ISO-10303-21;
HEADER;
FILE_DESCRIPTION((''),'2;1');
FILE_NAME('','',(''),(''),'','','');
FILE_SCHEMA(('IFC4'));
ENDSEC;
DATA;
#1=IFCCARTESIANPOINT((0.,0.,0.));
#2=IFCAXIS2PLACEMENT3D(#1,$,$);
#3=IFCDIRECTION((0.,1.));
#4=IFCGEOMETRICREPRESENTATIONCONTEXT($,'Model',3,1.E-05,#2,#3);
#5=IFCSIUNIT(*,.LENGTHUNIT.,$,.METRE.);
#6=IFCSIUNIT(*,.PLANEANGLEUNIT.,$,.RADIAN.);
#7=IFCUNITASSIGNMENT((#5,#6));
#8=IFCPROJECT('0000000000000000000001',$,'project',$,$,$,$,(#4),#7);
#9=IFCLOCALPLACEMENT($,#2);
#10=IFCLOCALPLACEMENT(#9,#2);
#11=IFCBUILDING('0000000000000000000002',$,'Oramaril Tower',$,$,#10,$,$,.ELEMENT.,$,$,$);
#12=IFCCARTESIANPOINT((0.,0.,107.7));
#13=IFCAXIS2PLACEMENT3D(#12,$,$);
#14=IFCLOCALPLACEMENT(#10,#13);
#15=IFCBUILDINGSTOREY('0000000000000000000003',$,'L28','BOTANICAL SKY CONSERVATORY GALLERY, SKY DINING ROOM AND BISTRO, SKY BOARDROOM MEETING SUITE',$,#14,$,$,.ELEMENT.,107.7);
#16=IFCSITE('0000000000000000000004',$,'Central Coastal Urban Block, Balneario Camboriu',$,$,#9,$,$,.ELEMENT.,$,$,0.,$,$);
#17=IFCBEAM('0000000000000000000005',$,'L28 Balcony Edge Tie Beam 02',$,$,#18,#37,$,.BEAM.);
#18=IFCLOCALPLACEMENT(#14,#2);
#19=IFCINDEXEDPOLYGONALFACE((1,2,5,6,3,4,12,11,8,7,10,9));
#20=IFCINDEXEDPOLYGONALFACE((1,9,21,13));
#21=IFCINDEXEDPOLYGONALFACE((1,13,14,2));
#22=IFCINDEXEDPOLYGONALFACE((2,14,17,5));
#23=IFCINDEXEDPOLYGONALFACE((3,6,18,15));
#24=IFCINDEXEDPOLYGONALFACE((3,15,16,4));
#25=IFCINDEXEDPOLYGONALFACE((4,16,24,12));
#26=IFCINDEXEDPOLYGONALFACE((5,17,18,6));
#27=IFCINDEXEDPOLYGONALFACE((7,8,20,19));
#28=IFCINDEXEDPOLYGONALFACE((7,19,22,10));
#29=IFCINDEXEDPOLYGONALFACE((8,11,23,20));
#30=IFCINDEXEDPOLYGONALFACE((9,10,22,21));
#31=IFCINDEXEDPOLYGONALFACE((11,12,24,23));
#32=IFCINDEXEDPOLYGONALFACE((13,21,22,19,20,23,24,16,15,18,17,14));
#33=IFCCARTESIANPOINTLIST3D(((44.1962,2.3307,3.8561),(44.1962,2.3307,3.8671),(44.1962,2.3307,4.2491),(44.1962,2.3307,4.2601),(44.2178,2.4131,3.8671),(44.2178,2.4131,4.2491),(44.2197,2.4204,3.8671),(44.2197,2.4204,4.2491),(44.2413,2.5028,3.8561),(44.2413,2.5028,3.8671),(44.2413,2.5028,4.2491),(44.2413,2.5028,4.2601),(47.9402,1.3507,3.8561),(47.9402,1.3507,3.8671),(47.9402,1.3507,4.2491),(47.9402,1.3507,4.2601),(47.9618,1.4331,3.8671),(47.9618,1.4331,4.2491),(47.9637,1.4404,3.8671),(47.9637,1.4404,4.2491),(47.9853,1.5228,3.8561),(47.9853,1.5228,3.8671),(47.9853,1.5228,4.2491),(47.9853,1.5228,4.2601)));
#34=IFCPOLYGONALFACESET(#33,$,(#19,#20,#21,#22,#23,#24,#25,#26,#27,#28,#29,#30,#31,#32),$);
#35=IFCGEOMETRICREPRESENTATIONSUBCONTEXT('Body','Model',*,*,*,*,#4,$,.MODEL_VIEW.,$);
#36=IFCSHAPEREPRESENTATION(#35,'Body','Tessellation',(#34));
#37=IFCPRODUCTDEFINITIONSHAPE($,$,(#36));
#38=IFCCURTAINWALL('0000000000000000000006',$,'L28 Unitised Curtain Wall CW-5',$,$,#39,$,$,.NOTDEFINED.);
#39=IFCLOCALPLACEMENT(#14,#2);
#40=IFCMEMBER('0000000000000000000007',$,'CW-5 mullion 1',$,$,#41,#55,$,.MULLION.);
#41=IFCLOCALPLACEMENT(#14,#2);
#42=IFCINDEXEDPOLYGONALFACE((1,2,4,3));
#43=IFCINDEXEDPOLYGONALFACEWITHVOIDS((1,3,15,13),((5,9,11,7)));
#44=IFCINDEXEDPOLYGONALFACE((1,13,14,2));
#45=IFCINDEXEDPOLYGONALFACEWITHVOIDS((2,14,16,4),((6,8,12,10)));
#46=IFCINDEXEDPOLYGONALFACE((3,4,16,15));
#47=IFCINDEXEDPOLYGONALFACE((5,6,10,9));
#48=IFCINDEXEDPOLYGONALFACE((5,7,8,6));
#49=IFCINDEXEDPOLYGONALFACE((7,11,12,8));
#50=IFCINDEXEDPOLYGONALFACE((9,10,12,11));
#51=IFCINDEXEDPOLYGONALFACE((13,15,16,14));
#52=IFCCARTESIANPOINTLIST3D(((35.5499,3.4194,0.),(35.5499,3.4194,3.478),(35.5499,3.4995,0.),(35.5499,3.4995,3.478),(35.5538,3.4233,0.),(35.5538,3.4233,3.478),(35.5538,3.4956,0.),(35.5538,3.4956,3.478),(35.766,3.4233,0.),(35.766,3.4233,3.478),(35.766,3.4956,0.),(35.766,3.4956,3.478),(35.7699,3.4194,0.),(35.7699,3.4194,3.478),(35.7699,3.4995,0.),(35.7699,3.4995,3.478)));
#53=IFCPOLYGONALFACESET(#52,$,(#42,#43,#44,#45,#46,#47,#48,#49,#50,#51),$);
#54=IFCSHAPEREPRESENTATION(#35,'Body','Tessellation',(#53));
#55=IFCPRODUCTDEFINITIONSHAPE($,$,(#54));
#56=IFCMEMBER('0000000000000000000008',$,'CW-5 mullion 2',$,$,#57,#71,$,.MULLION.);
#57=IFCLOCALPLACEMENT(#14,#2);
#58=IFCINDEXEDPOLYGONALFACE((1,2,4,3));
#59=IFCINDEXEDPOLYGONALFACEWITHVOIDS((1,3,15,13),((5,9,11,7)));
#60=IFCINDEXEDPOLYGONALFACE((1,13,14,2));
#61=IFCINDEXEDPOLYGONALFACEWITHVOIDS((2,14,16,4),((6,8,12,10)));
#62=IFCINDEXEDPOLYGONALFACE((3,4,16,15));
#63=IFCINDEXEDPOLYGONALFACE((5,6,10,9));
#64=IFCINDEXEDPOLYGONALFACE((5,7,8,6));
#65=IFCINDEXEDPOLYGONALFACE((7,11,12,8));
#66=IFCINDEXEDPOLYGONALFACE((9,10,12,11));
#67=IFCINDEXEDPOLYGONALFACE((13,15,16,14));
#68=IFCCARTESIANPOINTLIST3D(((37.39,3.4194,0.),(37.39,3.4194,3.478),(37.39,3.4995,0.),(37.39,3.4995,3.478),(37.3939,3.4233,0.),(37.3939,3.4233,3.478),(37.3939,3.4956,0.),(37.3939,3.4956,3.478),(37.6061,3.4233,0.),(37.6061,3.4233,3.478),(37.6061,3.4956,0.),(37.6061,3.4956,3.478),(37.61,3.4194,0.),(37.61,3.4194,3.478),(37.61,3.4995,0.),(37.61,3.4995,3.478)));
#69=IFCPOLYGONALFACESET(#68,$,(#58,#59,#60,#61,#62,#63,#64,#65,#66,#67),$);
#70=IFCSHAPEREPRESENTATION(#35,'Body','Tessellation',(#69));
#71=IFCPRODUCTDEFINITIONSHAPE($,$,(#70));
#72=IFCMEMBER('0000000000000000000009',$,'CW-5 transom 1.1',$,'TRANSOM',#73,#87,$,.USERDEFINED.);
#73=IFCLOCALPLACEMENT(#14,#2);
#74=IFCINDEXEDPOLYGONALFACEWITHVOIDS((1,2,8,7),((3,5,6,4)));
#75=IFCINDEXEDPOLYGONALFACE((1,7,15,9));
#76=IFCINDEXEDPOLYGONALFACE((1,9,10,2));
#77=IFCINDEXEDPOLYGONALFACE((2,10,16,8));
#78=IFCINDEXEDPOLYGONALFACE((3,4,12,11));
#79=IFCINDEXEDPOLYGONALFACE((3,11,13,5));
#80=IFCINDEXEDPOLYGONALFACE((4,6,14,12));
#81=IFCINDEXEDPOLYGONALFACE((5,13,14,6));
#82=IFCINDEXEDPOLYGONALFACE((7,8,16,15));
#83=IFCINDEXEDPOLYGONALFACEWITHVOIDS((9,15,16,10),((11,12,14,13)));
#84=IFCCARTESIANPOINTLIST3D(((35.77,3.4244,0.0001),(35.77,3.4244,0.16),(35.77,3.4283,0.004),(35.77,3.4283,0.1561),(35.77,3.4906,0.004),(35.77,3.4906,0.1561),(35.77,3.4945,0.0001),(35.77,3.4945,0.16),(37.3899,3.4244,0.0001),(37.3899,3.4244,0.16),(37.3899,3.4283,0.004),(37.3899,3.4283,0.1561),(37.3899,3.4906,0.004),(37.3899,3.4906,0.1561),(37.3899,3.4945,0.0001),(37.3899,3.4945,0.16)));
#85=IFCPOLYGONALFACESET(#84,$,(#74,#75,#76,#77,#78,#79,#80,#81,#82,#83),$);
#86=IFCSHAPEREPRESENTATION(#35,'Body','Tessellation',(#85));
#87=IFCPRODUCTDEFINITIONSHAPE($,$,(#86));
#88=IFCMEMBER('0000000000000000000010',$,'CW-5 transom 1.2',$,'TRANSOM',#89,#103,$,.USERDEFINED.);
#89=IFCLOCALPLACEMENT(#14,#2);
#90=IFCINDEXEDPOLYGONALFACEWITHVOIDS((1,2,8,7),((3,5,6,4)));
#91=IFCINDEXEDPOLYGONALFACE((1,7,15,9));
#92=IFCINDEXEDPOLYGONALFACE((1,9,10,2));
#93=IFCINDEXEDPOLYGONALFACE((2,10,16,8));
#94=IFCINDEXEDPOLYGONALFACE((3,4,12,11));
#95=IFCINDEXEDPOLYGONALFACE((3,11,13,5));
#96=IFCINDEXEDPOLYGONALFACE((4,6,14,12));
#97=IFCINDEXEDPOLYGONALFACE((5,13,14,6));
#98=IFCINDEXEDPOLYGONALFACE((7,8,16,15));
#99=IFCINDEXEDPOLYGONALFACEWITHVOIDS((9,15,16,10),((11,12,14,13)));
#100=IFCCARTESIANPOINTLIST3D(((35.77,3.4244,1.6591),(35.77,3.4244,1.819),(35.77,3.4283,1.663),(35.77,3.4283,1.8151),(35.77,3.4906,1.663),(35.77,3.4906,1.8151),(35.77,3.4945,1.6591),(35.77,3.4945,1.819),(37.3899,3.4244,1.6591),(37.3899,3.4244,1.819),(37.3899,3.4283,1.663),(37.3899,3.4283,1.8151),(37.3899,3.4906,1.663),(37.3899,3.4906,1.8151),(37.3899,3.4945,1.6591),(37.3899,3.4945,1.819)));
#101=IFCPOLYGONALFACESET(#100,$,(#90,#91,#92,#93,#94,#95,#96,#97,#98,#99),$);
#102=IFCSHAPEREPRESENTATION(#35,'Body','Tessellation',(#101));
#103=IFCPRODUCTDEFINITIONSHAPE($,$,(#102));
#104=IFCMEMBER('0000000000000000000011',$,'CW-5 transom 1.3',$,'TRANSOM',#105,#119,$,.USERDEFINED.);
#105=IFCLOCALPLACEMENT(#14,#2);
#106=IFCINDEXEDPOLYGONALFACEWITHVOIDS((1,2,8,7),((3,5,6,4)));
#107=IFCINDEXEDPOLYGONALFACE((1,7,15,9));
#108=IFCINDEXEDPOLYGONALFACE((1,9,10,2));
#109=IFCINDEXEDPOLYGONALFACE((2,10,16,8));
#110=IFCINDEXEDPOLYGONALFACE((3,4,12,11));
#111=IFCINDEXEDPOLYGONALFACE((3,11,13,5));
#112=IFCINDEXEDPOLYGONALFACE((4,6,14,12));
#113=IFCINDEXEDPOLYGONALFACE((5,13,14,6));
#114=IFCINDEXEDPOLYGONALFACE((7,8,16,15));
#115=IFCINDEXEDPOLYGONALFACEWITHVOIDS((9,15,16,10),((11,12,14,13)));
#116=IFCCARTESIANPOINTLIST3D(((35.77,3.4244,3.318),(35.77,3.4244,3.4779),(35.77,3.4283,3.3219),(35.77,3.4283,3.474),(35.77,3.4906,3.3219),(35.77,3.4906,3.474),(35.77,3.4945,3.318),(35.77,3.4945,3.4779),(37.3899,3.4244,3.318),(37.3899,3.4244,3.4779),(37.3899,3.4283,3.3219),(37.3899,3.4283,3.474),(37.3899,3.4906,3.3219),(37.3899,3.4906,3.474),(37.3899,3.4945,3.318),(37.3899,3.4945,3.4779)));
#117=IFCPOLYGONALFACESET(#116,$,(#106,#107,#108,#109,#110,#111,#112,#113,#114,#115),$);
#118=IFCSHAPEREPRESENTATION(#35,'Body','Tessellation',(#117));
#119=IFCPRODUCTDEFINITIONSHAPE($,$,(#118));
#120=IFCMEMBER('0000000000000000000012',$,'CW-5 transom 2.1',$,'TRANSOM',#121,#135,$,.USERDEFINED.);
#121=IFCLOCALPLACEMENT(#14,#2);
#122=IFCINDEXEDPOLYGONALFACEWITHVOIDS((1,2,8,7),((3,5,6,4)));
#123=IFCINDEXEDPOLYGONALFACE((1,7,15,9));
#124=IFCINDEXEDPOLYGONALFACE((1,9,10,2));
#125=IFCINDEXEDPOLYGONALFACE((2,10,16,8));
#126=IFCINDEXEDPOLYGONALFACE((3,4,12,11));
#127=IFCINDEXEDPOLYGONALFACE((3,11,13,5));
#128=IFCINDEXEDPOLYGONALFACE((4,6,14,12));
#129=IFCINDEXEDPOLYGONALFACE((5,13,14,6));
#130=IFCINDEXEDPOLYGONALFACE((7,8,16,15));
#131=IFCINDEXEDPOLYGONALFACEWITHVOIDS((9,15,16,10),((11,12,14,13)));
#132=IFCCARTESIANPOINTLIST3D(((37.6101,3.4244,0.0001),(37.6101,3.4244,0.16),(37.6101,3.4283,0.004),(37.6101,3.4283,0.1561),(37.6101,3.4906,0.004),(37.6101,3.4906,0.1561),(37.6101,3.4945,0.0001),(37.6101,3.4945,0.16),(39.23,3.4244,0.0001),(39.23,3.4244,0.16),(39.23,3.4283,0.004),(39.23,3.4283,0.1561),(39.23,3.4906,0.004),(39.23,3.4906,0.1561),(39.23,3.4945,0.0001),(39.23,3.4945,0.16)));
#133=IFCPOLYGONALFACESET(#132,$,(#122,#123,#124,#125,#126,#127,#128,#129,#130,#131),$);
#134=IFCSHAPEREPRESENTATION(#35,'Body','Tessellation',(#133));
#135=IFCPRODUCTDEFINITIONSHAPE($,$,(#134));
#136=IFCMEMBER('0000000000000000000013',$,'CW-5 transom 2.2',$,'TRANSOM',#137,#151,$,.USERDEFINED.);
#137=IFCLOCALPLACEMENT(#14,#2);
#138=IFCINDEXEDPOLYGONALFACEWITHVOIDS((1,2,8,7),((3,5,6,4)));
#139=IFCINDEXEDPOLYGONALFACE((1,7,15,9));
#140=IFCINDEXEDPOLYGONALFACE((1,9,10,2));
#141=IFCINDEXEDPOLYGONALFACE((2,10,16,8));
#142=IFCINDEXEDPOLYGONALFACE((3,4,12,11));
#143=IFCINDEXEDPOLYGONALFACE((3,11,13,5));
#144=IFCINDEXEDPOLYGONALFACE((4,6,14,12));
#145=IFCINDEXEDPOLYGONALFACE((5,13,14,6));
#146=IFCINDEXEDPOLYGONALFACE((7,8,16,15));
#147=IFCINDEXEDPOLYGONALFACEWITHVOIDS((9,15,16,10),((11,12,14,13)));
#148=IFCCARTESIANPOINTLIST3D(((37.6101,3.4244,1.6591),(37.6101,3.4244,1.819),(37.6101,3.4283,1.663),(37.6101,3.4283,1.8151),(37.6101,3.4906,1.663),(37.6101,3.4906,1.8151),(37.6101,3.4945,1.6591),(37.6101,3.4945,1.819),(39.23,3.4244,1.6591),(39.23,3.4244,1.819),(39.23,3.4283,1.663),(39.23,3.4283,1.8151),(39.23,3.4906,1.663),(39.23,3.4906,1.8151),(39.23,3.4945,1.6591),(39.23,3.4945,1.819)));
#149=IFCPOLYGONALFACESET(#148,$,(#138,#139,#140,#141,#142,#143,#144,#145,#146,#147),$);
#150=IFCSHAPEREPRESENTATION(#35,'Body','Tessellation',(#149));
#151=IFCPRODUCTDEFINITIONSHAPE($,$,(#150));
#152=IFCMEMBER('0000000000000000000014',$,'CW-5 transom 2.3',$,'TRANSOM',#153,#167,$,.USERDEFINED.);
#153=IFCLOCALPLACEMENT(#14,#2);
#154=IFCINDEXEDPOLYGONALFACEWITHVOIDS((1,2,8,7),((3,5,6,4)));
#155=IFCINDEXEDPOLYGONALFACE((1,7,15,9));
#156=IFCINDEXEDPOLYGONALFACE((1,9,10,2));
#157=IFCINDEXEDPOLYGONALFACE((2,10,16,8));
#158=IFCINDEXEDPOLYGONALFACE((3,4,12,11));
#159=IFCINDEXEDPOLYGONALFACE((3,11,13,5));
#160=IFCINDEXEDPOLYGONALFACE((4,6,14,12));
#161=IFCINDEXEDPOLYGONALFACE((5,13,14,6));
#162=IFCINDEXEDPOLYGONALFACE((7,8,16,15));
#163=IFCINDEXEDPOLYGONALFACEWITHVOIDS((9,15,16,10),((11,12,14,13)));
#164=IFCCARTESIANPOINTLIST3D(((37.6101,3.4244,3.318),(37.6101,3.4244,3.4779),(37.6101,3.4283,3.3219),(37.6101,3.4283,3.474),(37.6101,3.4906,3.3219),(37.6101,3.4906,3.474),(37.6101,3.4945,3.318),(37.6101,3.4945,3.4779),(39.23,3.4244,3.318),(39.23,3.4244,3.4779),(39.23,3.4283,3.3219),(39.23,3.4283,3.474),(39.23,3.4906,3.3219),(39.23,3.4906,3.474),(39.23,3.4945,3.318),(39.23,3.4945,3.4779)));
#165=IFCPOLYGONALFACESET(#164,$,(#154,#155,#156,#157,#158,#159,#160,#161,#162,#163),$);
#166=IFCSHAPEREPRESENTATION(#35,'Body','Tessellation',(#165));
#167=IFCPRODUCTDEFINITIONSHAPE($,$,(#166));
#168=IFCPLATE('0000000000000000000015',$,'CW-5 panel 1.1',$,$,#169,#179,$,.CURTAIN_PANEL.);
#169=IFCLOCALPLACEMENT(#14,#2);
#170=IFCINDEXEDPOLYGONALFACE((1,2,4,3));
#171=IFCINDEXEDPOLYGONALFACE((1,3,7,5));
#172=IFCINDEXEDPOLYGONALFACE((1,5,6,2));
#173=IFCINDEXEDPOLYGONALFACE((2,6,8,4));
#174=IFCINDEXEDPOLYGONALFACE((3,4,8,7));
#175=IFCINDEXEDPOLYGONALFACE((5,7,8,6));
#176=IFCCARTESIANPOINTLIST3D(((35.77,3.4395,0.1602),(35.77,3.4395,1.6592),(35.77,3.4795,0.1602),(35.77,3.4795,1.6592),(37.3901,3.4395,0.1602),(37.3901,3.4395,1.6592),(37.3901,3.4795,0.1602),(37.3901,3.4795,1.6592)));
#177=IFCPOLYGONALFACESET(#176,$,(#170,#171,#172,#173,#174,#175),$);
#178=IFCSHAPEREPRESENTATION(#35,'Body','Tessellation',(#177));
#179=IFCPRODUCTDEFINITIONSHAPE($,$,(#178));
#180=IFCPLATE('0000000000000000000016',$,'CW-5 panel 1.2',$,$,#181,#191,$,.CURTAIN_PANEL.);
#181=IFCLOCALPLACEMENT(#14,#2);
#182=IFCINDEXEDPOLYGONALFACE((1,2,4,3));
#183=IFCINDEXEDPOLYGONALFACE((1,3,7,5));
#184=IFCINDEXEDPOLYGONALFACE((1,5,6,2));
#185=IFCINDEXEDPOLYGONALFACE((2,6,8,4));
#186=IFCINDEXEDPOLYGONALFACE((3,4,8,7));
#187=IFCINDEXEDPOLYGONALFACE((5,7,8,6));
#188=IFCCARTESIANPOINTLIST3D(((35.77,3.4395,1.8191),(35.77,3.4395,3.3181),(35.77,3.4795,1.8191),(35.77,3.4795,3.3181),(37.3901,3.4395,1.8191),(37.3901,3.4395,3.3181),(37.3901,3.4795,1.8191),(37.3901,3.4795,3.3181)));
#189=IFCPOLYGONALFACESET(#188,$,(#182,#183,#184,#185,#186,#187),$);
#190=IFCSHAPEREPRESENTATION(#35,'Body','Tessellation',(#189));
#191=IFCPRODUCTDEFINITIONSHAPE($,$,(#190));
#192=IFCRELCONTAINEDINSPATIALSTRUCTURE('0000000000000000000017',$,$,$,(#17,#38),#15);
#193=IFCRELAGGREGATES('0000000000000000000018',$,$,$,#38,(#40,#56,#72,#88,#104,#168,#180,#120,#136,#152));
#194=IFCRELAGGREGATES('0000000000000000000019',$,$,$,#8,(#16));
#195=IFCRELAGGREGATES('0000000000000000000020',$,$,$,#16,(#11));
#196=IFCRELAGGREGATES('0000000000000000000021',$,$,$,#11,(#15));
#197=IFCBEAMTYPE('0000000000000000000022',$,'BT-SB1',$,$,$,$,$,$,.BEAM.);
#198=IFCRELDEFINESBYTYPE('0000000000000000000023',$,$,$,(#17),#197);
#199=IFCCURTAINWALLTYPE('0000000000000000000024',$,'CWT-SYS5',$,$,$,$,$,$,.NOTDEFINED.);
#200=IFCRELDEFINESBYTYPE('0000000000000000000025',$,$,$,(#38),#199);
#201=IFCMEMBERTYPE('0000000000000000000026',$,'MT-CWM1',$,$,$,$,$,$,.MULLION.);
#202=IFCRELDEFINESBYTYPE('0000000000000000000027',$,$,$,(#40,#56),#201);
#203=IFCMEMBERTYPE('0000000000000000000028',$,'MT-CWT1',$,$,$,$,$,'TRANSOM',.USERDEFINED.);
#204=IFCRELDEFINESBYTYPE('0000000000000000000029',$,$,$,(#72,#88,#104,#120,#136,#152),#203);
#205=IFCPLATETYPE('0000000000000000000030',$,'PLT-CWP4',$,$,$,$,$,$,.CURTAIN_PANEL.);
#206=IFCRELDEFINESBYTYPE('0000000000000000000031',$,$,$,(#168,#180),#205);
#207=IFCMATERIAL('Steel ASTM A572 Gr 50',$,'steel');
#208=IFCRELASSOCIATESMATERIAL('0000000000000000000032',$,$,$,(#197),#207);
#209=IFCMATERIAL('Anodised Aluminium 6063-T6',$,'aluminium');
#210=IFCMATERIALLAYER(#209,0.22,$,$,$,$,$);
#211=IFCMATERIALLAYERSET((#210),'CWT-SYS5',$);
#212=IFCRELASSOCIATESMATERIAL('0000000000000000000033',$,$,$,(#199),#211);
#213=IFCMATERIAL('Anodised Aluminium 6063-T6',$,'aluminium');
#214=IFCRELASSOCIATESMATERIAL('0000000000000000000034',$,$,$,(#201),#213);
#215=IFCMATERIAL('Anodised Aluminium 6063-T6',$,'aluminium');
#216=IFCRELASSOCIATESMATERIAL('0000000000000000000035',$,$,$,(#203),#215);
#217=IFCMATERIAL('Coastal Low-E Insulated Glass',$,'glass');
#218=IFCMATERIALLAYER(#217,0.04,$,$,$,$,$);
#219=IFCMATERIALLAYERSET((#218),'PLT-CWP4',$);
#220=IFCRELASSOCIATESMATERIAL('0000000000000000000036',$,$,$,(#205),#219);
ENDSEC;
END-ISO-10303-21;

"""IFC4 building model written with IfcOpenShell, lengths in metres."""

from ifc_helpers import new_model, si_unit, direction, frame, origin, origin_2d, place, context, subcontext, project, spatial, rectangle, hollow_rectangle, i_section, extrude, material, layer, layer_set, material_profile, profile_set, type_object, element, aggregate, save


model = new_model("IFC4")

# Units and contexts
model_context = context("Model", 3, precision=1e-05, world=origin(), true_north=direction((0.0, 1.0)))
body_context = subcontext(model_context, "Body", "Model", "MODEL_VIEW")
ifc_project = project(units=[si_unit("LENGTHUNIT", "METRE"), si_unit("PLANEANGLEUNIT", "RADIAN")], contexts=[model_context])

# Site, building, storey
site_placement = place(None, origin())
site = spatial("IfcSite", under=ifc_project, at=site_placement, Name="Central Coastal Urban Block, Balneario Camboriu", CompositionType="ELEMENT", RefElevation=0.0)
building_placement = place(site_placement, origin())
building = spatial("IfcBuilding", under=site, at=building_placement, Name="Oramaril Tower", CompositionType="ELEMENT")
storey_placement = place(building_placement, frame((0.0, 0.0, 107.7)))
storey = spatial("IfcBuildingStorey", under=building, at=storey_placement, Name="L28", Description="BOTANICAL SKY CONSERVATORY GALLERY, SKY DINING ROOM AND BISTRO, SKY BOARDROOM MEETING SUITE", CompositionType="ELEMENT", Elevation=107.7)

# Beam
ifc_material_1 = material(Name="Steel ASTM A572 Gr 50", Category="steel")
ifc_material_profile_1 = material_profile(ifc_material_1, i_section(OverallWidth=0.178, OverallDepth=0.4041, WebThickness=0.0076, FlangeThickness=0.011, at=origin_2d()), Name="W16X36")
ifc_profile_set_1 = profile_set([ifc_material_profile_1], Name="Steel ASTM A572 Gr 50")
beam_type = type_object("IfcBeamType", Name="BT-SB1", PredefinedType="BEAM", material=ifc_profile_set_1)
beam_placement = place(storey_placement, frame((44.2188, 2.4167, 4.0581), z_axis=(0.967408, -0.253223, 0.0), x_axis=(0.253223, 0.967408, 0.0)))
element("IfcBeam", 1, at=beam_placement, inside=storey, type_object=beam_type, Name="L28 Balcony Edge Tie Beam 02", PredefinedType="BEAM", context=body_context, shape_type="SweptSolid", body=[
    extrude(i_section(OverallWidth=0.178, OverallDepth=0.4041, WebThickness=0.0076, FlangeThickness=0.011, at=origin_2d()), origin(), (0.0, 0.0, 1.0), 3.8701),
])

# Curtain wall, members, plates
ifc_material_2 = material(Name="Anodised Aluminium 6063-T6", Category="aluminium")
ifc_layer_1 = layer(ifc_material_2, 0.22)
ifc_layer_set_1 = layer_set([ifc_layer_1], Name="CWT-SYS5")
curtain_wall_type = type_object("IfcCurtainWallType", Name="CWT-SYS5", PredefinedType="NOTDEFINED", material=ifc_layer_set_1)
curtain_wall_placement = place(storey_placement, origin())
curtain_wall = element("IfcCurtainWall", 2, at=curtain_wall_placement, inside=storey, type_object=curtain_wall_type, Name="L28 Unitised Curtain Wall CW-5", PredefinedType="NOTDEFINED")
ifc_material_3 = material(Name="Anodised Aluminium 6063-T6", Category="aluminium")
ifc_material_profile_2 = material_profile(ifc_material_3, hollow_rectangle(XDim=0.0801, YDim=0.22, WallThickness=0.0039, at=origin_2d()), Name="CWM220X80")
ifc_profile_set_2 = profile_set([ifc_material_profile_2], Name="Anodised Aluminium 6063-T6")
member_type_1 = type_object("IfcMemberType", Name="MT-CWM1", PredefinedType="MULLION", material=ifc_profile_set_2)
member_1_placement = place(storey_placement, frame((35.6599, 3.4595, 0.0), z_axis=(0.0, 0.0, 1.0), x_axis=(0.0, 1.0, 0.0)))
member_1 = element("IfcMember", 3, at=member_1_placement, type_object=member_type_1, Name="CW-5 mullion 1", PredefinedType="MULLION", context=body_context, shape_type="SweptSolid", body=[
    extrude(hollow_rectangle(XDim=0.0801, YDim=0.22, WallThickness=0.0039, at=origin_2d()), origin(), (0.0, 0.0, 1.0), 3.478),
])
member_2_placement = place(storey_placement, frame((37.5, 3.4595, 0.0), z_axis=(0.0, 0.0, 1.0), x_axis=(0.0, 1.0, 0.0)))
member_2 = element("IfcMember", 4, at=member_2_placement, type_object=member_type_1, Name="CW-5 mullion 2", PredefinedType="MULLION", context=body_context, shape_type="SweptSolid", body=[
    extrude(hollow_rectangle(XDim=0.0801, YDim=0.22, WallThickness=0.0039, at=origin_2d()), origin(), (0.0, 0.0, 1.0), 3.478),
])
ifc_material_4 = material(Name="Anodised Aluminium 6063-T6", Category="aluminium")
ifc_material_profile_3 = material_profile(ifc_material_4, hollow_rectangle(XDim=0.0701, YDim=0.1599, WallThickness=0.0039, at=origin_2d()), Name="CWT160X70")
ifc_profile_set_3 = profile_set([ifc_material_profile_3], Name="Anodised Aluminium 6063-T6")
member_type_2 = type_object("IfcMemberType", Name="MT-CWT1", ElementType="TRANSOM", PredefinedType="USERDEFINED", material=ifc_profile_set_3)
member_3_placement = place(storey_placement, frame((35.77, 3.4595, 0.0801), z_axis=(1.0, 0.0, 0.0), x_axis=(0.0, 1.0, 0.0)))
member_3 = element("IfcMember", 5, at=member_3_placement, type_object=member_type_2, Name="CW-5 transom 1.1", ObjectType="TRANSOM", PredefinedType="USERDEFINED", context=body_context, shape_type="SweptSolid", body=[
    extrude(hollow_rectangle(XDim=0.0701, YDim=0.1599, WallThickness=0.0039, at=origin_2d()), origin(), (0.0, 0.0, 1.0), 1.6199),
])
member_4_placement = place(storey_placement, frame((35.77, 3.4595, 1.739), z_axis=(1.0, 0.0, 0.0), x_axis=(0.0, 1.0, 0.0)))
member_4 = element("IfcMember", 6, at=member_4_placement, type_object=member_type_2, Name="CW-5 transom 1.2", ObjectType="TRANSOM", PredefinedType="USERDEFINED", context=body_context, shape_type="SweptSolid", body=[
    extrude(hollow_rectangle(XDim=0.0701, YDim=0.1599, WallThickness=0.0039, at=origin_2d()), origin(), (0.0, 0.0, 1.0), 1.6199),
])
member_5_placement = place(storey_placement, frame((35.77, 3.4595, 3.3979), z_axis=(1.0, 0.0, 0.0), x_axis=(0.0, 1.0, 0.0)))
member_5 = element("IfcMember", 7, at=member_5_placement, type_object=member_type_2, Name="CW-5 transom 1.3", ObjectType="TRANSOM", PredefinedType="USERDEFINED", context=body_context, shape_type="SweptSolid", body=[
    extrude(hollow_rectangle(XDim=0.0701, YDim=0.1599, WallThickness=0.0039, at=origin_2d()), origin(), (0.0, 0.0, 1.0), 1.6199),
])
member_6_placement = place(storey_placement, frame((37.6101, 3.4595, 0.0801), z_axis=(1.0, 0.0, 0.0), x_axis=(0.0, 1.0, 0.0)))
member_6 = element("IfcMember", 8, at=member_6_placement, type_object=member_type_2, Name="CW-5 transom 2.1", ObjectType="TRANSOM", PredefinedType="USERDEFINED", context=body_context, shape_type="SweptSolid", body=[
    extrude(hollow_rectangle(XDim=0.0701, YDim=0.1599, WallThickness=0.0039, at=origin_2d()), origin(), (0.0, 0.0, 1.0), 1.6199),
])
member_7_placement = place(storey_placement, frame((37.6101, 3.4595, 1.739), z_axis=(1.0, 0.0, 0.0), x_axis=(0.0, 1.0, 0.0)))
member_7 = element("IfcMember", 9, at=member_7_placement, type_object=member_type_2, Name="CW-5 transom 2.2", ObjectType="TRANSOM", PredefinedType="USERDEFINED", context=body_context, shape_type="SweptSolid", body=[
    extrude(hollow_rectangle(XDim=0.0701, YDim=0.1599, WallThickness=0.0039, at=origin_2d()), origin(), (0.0, 0.0, 1.0), 1.6199),
])
member_8_placement = place(storey_placement, frame((37.6101, 3.4595, 3.3979), z_axis=(1.0, 0.0, 0.0), x_axis=(0.0, 1.0, 0.0)))
member_8 = element("IfcMember", 10, at=member_8_placement, type_object=member_type_2, Name="CW-5 transom 2.3", ObjectType="TRANSOM", PredefinedType="USERDEFINED", context=body_context, shape_type="SweptSolid", body=[
    extrude(hollow_rectangle(XDim=0.0701, YDim=0.1599, WallThickness=0.0039, at=origin_2d()), origin(), (0.0, 0.0, 1.0), 1.6199),
])
ifc_material_5 = material(Name="Coastal Low-E Insulated Glass", Category="glass")
ifc_layer_2 = layer(ifc_material_5, 0.04)
ifc_layer_set_2 = layer_set([ifc_layer_2], Name="PLT-CWP4")
plate_type = type_object("IfcPlateType", Name="PLT-CWP4", PredefinedType="CURTAIN_PANEL", material=ifc_layer_set_2)
plate_1_placement = place(storey_placement, frame((36.5801, 3.4595, 0.1602), z_axis=(0.0, 0.0, 1.0), x_axis=(1.0, 0.0, 0.0)))
plate_1 = element("IfcPlate", 11, at=plate_1_placement, type_object=plate_type, Name="CW-5 panel 1.1", PredefinedType="CURTAIN_PANEL", context=body_context, shape_type="SweptSolid", body=[
    extrude(rectangle(XDim=1.6201, YDim=0.04, at=origin_2d()), origin(), (0.0, 0.0, 1.0), 1.499),
])
plate_2_placement = place(storey_placement, frame((36.5801, 3.4595, 1.8191), z_axis=(0.0, 0.0, 1.0), x_axis=(1.0, 0.0, 0.0)))
plate_2 = element("IfcPlate", 12, at=plate_2_placement, type_object=plate_type, Name="CW-5 panel 1.2", PredefinedType="CURTAIN_PANEL", context=body_context, shape_type="SweptSolid", body=[
    extrude(rectangle(XDim=1.6201, YDim=0.04, at=origin_2d()), origin(), (0.0, 0.0, 1.0), 1.499),
])
aggregate(curtain_wall, [member_1, member_2, member_3, member_4, member_5, plate_1, plate_2, member_6, member_7, member_8])

save(model, "model.ifc")
